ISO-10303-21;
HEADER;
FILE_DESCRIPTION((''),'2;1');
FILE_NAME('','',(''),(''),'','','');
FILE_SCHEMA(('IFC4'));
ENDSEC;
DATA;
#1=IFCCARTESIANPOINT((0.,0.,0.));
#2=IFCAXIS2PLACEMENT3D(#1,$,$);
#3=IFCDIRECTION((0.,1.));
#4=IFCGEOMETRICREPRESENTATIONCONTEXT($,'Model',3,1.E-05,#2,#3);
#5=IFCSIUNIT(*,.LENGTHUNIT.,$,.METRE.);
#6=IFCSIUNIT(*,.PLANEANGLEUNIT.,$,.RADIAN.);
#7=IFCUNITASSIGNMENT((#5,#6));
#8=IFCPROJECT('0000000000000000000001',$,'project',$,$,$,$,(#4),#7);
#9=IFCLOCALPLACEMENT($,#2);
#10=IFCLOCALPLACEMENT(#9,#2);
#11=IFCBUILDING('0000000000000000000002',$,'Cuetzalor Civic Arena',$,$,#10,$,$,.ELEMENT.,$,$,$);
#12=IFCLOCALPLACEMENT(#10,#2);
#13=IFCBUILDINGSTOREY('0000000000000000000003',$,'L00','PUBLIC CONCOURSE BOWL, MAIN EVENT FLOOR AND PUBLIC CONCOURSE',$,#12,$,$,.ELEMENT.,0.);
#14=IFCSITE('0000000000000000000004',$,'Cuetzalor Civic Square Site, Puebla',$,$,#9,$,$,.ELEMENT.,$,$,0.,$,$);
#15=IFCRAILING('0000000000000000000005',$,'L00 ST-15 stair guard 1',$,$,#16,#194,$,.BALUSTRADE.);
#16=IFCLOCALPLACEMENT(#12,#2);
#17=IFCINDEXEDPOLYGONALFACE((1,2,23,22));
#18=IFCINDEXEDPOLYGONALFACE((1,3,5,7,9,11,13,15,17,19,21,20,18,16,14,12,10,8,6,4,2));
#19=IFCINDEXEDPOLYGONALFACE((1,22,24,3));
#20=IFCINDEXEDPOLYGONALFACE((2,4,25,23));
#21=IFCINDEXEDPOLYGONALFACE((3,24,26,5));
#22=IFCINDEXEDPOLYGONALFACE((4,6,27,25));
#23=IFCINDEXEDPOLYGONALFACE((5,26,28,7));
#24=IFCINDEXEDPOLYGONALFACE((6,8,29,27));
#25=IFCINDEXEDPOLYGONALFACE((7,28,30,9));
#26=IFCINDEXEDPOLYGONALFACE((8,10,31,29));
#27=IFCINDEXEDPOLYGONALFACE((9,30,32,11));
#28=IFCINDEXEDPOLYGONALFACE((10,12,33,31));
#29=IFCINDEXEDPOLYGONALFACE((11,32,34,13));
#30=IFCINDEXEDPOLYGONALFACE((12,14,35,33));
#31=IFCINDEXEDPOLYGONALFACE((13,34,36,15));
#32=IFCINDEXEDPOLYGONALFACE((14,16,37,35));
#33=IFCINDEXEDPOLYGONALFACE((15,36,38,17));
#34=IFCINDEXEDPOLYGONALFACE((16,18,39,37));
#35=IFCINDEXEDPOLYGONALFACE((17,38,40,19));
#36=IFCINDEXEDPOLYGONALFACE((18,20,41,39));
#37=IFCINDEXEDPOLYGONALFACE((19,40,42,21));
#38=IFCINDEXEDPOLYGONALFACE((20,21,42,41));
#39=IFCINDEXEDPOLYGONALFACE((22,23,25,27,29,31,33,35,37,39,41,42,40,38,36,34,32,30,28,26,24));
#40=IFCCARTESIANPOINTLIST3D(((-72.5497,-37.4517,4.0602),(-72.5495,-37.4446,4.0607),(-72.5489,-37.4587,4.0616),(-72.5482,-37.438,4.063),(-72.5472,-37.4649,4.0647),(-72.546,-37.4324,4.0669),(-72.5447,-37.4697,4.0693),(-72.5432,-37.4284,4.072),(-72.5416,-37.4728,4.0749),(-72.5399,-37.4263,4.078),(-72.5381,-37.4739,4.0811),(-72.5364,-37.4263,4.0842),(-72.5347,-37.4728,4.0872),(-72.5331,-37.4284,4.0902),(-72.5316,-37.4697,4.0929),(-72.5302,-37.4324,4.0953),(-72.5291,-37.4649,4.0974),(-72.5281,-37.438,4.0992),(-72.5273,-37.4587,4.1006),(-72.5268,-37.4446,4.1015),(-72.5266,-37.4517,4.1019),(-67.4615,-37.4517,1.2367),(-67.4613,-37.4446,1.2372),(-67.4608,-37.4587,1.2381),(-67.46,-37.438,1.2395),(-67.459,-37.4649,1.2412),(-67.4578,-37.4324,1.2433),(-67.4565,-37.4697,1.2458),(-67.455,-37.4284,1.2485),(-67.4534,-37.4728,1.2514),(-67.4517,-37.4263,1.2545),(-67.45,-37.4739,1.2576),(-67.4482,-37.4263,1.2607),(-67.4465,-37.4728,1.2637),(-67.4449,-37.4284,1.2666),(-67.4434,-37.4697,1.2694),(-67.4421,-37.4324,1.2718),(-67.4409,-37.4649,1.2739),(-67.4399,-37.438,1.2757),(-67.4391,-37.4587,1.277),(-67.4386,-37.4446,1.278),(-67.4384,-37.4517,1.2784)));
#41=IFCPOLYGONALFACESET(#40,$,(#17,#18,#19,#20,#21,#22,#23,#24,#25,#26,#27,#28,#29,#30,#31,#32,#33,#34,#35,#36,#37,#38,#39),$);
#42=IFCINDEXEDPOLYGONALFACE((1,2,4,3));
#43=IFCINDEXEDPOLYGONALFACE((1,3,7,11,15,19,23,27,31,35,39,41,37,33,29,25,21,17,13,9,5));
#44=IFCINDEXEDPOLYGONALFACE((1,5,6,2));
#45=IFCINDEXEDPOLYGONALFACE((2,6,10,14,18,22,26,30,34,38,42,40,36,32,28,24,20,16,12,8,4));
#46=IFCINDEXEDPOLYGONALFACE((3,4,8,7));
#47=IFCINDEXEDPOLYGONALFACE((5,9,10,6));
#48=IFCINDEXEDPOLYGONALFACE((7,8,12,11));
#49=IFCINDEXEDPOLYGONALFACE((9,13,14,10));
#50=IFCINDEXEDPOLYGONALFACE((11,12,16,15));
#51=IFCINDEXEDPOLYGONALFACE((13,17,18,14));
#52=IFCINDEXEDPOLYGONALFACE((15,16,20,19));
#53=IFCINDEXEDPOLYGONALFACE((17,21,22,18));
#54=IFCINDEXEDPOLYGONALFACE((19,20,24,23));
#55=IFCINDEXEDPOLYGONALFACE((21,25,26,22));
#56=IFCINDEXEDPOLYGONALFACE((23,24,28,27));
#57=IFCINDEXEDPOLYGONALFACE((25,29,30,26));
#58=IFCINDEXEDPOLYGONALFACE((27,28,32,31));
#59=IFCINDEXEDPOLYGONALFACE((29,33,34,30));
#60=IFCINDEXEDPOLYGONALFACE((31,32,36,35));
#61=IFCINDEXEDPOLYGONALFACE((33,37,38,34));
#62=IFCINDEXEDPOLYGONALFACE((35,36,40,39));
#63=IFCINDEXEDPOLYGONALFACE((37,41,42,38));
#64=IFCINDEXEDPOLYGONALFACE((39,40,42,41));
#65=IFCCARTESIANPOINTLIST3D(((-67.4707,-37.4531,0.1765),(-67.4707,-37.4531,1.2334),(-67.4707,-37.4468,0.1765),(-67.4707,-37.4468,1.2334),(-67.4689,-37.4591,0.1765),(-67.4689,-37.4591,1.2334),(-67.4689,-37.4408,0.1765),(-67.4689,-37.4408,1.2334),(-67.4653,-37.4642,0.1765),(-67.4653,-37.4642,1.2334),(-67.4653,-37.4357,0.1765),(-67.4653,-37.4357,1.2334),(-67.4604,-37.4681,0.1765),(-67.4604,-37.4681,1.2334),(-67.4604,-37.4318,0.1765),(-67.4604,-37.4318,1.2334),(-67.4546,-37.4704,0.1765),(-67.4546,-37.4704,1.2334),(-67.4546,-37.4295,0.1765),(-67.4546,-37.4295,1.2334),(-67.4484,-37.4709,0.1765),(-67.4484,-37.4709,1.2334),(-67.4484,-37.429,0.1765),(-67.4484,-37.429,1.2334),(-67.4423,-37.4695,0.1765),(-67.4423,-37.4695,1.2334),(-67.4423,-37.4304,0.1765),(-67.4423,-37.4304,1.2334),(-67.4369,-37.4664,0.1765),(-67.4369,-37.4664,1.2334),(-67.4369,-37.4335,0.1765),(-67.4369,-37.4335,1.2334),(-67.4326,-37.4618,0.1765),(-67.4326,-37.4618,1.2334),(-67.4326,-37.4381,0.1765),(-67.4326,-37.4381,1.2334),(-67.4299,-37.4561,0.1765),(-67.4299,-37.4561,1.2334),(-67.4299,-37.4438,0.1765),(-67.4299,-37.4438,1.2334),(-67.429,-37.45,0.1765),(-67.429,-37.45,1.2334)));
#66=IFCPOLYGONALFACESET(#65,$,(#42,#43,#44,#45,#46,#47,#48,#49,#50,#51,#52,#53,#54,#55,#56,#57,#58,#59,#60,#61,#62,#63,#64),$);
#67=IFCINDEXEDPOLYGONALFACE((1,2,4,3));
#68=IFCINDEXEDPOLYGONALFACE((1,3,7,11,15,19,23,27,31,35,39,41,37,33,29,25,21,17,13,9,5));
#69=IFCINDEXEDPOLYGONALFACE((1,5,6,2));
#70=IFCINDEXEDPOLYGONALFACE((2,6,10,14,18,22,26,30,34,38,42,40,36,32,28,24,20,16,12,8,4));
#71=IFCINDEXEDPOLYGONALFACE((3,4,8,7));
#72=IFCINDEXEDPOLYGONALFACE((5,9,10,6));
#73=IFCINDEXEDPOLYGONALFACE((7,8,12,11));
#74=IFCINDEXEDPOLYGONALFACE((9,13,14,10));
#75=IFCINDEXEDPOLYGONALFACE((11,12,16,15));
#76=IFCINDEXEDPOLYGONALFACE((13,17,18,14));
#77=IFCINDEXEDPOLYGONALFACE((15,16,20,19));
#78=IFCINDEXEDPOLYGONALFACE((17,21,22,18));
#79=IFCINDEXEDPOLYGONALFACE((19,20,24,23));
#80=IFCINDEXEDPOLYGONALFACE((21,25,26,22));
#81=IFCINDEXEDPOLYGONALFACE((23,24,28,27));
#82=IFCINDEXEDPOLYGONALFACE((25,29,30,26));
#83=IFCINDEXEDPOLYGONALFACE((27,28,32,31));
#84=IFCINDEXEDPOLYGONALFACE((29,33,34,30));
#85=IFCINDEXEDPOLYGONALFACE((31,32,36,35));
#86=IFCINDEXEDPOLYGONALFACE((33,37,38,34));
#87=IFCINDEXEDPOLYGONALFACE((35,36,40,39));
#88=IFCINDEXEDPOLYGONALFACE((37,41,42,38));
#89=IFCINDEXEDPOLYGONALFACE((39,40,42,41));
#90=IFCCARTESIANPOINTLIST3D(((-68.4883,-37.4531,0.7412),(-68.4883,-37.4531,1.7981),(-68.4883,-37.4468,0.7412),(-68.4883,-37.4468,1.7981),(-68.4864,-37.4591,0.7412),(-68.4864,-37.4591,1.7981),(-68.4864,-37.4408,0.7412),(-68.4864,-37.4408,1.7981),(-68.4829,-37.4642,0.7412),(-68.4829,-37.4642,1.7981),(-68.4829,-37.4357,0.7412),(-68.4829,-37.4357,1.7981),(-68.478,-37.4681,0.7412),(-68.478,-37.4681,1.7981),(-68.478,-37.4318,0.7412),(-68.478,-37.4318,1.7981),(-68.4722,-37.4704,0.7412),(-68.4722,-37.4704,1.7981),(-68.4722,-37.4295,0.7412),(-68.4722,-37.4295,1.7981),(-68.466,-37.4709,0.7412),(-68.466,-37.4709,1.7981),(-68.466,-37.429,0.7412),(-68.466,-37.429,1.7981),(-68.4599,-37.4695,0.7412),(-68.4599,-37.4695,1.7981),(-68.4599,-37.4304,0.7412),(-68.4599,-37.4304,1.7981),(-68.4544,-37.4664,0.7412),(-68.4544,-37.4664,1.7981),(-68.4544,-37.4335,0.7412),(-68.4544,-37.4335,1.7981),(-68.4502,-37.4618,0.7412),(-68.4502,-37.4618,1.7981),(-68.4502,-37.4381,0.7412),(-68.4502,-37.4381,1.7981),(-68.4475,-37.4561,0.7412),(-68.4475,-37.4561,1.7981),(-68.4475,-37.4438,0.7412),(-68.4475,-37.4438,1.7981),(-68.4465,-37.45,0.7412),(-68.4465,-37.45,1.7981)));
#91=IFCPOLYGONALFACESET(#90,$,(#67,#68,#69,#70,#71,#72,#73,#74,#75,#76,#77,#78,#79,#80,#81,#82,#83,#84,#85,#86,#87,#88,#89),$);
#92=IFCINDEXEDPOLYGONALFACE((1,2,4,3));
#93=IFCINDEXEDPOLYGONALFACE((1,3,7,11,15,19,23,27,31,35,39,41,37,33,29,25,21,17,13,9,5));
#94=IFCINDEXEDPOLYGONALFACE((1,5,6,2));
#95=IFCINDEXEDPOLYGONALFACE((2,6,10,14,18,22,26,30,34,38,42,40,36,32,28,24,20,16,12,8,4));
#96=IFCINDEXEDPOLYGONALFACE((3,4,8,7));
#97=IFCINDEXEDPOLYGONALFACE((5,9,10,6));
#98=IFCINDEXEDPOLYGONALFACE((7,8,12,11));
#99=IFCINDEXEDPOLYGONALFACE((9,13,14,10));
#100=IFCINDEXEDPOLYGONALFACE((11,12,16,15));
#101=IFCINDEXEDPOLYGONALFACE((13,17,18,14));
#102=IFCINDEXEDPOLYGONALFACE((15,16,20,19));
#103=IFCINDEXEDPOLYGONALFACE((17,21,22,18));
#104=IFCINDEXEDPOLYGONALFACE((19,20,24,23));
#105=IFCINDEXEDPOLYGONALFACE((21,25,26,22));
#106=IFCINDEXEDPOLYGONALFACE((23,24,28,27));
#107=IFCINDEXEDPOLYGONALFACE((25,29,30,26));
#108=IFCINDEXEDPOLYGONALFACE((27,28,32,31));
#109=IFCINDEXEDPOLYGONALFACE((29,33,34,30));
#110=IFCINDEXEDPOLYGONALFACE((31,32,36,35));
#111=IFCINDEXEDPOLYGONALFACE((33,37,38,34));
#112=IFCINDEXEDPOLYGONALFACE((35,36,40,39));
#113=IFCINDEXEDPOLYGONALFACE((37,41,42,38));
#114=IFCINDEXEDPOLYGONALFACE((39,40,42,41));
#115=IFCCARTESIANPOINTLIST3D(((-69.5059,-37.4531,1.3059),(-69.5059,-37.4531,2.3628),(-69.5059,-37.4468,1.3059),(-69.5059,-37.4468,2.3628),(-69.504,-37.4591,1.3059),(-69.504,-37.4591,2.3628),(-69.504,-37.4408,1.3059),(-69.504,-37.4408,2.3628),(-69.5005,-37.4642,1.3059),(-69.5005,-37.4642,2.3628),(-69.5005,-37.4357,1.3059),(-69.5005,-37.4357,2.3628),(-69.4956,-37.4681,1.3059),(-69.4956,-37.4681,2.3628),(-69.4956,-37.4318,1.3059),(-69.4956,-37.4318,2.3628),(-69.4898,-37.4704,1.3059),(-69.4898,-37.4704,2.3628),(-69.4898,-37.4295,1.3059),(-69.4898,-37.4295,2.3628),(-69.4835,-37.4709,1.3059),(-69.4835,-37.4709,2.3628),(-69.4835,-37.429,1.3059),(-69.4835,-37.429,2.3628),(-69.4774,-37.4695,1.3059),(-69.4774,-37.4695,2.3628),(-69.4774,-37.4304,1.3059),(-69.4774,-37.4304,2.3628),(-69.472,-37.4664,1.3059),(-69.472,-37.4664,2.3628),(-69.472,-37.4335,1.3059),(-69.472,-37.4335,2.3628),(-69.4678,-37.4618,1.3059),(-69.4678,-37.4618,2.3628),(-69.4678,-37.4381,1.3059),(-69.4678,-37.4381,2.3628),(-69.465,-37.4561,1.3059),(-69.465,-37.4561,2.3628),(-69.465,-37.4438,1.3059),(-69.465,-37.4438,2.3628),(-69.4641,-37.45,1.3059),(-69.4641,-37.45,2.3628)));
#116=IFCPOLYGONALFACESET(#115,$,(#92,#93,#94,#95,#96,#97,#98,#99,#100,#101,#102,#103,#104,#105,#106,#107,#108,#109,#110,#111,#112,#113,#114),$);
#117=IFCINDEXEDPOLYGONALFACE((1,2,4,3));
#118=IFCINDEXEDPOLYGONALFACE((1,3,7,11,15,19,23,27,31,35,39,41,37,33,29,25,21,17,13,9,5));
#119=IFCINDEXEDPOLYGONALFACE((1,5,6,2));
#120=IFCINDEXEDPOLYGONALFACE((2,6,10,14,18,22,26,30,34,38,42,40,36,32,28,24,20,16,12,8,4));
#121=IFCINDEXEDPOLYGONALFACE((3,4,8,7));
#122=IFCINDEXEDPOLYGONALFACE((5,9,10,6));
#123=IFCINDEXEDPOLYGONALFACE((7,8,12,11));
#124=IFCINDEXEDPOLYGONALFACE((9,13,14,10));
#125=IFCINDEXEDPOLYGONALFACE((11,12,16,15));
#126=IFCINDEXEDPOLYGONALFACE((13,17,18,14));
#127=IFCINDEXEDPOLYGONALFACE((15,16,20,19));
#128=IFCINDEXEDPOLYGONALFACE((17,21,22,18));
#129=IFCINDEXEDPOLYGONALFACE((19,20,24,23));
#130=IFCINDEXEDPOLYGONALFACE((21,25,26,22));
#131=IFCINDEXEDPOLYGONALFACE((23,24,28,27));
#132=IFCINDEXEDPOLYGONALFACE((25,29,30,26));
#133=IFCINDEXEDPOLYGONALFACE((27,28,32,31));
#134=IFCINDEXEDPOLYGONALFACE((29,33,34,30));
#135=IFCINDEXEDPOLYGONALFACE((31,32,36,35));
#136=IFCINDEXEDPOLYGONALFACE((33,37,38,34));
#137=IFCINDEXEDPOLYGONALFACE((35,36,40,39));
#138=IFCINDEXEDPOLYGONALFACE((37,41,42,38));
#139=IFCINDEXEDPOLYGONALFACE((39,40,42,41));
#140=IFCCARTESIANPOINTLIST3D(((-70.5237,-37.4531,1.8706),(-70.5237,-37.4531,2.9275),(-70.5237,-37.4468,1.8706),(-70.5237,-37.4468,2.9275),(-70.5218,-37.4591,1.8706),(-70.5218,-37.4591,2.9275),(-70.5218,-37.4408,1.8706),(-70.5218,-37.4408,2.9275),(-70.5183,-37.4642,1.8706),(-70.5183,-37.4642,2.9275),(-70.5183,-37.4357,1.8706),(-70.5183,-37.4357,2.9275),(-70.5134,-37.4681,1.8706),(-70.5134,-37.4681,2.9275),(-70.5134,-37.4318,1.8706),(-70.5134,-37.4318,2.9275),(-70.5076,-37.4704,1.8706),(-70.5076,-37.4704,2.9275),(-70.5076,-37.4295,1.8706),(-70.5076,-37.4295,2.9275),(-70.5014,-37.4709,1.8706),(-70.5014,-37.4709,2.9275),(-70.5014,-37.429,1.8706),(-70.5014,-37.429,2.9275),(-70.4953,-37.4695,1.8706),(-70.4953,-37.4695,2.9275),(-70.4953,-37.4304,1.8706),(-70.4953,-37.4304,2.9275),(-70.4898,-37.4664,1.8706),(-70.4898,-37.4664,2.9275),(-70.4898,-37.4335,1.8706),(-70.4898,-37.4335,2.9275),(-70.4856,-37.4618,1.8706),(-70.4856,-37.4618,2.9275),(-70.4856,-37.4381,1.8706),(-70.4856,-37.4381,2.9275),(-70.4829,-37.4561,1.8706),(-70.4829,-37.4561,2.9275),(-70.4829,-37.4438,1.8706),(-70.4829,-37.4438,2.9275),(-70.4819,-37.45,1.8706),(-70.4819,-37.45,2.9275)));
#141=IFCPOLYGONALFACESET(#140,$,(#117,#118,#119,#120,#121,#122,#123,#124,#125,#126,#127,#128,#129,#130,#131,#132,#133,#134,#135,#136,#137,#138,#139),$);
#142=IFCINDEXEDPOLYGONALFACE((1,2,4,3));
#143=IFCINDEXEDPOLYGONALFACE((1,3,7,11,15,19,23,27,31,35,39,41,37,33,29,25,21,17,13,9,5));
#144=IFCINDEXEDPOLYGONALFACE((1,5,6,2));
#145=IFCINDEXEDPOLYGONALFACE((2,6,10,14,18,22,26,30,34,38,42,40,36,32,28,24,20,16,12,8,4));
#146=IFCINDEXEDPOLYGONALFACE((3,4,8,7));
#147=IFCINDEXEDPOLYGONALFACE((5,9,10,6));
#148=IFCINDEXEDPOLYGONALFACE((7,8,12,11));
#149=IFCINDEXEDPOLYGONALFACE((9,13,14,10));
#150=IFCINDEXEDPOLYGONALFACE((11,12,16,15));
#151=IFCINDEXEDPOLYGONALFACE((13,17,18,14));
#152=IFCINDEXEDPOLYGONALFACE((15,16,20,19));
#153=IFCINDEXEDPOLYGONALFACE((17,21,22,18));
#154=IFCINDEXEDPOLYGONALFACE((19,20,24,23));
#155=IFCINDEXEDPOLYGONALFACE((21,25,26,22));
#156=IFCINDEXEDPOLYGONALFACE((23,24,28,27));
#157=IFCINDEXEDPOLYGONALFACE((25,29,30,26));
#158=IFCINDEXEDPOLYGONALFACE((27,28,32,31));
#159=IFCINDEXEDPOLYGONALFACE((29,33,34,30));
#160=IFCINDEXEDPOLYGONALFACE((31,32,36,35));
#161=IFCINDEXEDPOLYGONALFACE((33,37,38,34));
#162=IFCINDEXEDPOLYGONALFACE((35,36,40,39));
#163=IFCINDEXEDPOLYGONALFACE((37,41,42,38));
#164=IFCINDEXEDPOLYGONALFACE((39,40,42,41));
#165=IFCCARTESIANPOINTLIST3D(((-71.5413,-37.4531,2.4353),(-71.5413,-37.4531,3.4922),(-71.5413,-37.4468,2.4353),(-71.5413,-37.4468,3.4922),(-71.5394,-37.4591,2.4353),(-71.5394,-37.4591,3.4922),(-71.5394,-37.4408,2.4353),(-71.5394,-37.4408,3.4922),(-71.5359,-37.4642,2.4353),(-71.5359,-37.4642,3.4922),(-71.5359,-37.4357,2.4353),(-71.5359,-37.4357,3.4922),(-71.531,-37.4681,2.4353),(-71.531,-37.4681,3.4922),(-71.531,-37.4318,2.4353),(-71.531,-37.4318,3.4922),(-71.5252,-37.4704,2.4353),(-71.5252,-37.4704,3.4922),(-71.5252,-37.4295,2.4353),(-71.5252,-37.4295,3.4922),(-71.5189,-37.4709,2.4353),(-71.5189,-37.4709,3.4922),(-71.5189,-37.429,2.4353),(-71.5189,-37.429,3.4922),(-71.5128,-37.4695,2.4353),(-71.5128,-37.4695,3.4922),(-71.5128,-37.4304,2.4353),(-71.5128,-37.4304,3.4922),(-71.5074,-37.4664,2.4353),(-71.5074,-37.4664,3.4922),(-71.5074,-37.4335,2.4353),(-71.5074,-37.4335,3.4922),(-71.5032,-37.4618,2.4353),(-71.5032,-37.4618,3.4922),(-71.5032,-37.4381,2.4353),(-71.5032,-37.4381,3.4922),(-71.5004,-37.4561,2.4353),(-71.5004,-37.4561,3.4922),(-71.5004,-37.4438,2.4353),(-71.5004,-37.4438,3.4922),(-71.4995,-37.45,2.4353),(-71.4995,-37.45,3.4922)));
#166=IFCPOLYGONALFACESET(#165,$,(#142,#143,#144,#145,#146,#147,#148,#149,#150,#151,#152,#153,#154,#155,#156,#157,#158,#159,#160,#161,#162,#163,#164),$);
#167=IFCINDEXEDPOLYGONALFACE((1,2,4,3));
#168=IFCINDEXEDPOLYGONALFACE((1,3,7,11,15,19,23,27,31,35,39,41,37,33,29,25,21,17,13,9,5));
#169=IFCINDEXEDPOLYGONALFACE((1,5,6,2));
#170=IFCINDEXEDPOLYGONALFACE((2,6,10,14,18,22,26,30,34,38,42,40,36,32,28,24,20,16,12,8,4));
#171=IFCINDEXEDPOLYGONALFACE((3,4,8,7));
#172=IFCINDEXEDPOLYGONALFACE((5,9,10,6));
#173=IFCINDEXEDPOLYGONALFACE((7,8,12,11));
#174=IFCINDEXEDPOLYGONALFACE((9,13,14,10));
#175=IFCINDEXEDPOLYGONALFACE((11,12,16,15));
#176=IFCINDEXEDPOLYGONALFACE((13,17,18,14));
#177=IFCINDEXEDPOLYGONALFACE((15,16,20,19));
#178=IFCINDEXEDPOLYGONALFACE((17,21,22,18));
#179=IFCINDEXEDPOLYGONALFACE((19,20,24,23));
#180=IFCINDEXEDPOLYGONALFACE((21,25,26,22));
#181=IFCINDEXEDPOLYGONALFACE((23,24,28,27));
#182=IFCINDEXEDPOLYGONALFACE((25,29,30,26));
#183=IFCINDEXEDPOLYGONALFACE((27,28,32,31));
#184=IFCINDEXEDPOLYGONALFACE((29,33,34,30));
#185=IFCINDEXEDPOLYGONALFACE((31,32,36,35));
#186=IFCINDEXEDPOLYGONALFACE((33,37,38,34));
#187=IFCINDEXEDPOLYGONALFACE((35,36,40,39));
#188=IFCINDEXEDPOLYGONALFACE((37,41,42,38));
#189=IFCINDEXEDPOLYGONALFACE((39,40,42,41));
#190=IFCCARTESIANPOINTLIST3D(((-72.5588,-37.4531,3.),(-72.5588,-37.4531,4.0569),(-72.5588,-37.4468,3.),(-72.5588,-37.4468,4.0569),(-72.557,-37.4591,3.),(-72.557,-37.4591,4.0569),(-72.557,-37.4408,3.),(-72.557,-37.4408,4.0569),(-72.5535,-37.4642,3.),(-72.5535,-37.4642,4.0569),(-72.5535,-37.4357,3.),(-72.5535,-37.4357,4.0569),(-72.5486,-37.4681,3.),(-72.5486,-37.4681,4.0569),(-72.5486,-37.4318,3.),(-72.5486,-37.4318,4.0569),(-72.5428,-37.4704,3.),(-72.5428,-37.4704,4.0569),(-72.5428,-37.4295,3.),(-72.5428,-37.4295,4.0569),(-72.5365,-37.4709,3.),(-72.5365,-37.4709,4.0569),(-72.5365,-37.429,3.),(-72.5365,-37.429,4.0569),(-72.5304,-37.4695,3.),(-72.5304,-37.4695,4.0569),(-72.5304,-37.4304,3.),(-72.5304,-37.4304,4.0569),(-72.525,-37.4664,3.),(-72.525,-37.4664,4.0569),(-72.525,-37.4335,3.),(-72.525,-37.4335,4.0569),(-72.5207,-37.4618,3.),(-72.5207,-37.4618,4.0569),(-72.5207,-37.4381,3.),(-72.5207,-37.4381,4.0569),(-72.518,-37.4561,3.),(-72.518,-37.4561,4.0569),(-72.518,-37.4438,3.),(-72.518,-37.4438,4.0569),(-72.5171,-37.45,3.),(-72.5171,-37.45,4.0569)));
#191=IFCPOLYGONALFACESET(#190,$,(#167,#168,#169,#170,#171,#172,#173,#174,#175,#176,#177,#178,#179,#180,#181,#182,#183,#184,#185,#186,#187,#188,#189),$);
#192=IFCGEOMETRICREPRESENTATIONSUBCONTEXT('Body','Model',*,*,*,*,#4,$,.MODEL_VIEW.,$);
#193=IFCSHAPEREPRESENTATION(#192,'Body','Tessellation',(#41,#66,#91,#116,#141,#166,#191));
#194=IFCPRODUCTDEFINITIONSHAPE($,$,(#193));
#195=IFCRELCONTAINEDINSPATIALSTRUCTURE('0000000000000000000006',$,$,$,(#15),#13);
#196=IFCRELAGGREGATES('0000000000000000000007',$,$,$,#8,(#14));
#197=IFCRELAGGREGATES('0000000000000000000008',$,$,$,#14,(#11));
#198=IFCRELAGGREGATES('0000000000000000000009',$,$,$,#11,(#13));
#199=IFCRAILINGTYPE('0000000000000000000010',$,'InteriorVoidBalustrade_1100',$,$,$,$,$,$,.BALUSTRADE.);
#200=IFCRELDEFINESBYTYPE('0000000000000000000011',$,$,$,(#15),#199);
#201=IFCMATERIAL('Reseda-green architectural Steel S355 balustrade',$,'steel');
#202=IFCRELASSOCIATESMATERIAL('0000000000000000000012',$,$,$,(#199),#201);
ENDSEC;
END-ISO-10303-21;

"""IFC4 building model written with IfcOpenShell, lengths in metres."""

from ifc_helpers import new_model, si_unit, direction, frame, origin, origin_2d, place, context, subcontext, project, spatial, circle, extrude, material, type_object, element, save


model = new_model("IFC4")

# Units and contexts
model_context = context("Model", 3, precision=1e-05, world=origin(), true_north=direction((0.0, 1.0)))
body_context = subcontext(model_context, "Body", "Model", "MODEL_VIEW")
ifc_project = project(units=[si_unit("LENGTHUNIT", "METRE"), si_unit("PLANEANGLEUNIT", "RADIAN")], contexts=[model_context])

# Site, building, storey
site_placement = place(None, origin())
site = spatial("IfcSite", under=ifc_project, at=site_placement, Name="Cuetzalor Civic Square Site, Puebla", CompositionType="ELEMENT", RefElevation=0.0)
building_placement = place(site_placement, origin())
building = spatial("IfcBuilding", under=site, at=building_placement, Name="Cuetzalor Civic Arena", CompositionType="ELEMENT")
storey_placement = place(building_placement, origin())
storey = spatial("IfcBuildingStorey", under=building, at=storey_placement, Name="L00", Description="PUBLIC CONCOURSE BOWL, MAIN EVENT FLOOR AND PUBLIC CONCOURSE", CompositionType="ELEMENT", Elevation=0.0)

# Railing
ifc_material_1 = material(Name="Reseda-green architectural Steel S355 balustrade", Category="steel")
railing_type_1 = type_object("IfcRailingType", Name="InteriorVoidBalustrade_1100", PredefinedType="BALUSTRADE", material=ifc_material_1)
railing_1_placement = place(storey_placement, frame((-67.45, -37.45, 0.1765)))
element("IfcRailing", 1, at=railing_1_placement, inside=storey, type_object=railing_type_1, Name="L00 ST-15 stair guard 1", PredefinedType="BALUSTRADE", context=body_context, shape_type="SweptSolid", body=[
    extrude(circle(Radius=0.0239, at=origin_2d()), frame((0.0, 0.0, 1.0811), z_axis=(-0.874395, 0.0, 0.485215), x_axis=(0.0, -1.0, 0.0)), (0.0, 0.0, 1.0), 5.8191),
    extrude(circle(Radius=0.021, at=origin_2d()), origin(), (0.0, 0.0, 1.0), 1.0569),
    extrude(circle(Radius=0.021, at=origin_2d()), frame((-1.0176, 0.0, 0.5647)), (0.0, 0.0, 1.0), 1.0569),
    extrude(circle(Radius=0.021, at=origin_2d()), frame((-2.0352, 0.0, 1.1294)), (0.0, 0.0, 1.0), 1.0569),
    extrude(circle(Radius=0.021, at=origin_2d()), frame((-3.053, 0.0, 1.6941)), (0.0, 0.0, 1.0), 1.0569),
    extrude(circle(Radius=0.021, at=origin_2d()), frame((-4.0706, 0.0, 2.2588)), (0.0, 0.0, 1.0), 1.0569),
    extrude(circle(Radius=0.021, at=origin_2d()), frame((-5.0881, 0.0, 2.8235)), (0.0, 0.0, 1.0), 1.0569),
])

save(model, "model.ifc")
